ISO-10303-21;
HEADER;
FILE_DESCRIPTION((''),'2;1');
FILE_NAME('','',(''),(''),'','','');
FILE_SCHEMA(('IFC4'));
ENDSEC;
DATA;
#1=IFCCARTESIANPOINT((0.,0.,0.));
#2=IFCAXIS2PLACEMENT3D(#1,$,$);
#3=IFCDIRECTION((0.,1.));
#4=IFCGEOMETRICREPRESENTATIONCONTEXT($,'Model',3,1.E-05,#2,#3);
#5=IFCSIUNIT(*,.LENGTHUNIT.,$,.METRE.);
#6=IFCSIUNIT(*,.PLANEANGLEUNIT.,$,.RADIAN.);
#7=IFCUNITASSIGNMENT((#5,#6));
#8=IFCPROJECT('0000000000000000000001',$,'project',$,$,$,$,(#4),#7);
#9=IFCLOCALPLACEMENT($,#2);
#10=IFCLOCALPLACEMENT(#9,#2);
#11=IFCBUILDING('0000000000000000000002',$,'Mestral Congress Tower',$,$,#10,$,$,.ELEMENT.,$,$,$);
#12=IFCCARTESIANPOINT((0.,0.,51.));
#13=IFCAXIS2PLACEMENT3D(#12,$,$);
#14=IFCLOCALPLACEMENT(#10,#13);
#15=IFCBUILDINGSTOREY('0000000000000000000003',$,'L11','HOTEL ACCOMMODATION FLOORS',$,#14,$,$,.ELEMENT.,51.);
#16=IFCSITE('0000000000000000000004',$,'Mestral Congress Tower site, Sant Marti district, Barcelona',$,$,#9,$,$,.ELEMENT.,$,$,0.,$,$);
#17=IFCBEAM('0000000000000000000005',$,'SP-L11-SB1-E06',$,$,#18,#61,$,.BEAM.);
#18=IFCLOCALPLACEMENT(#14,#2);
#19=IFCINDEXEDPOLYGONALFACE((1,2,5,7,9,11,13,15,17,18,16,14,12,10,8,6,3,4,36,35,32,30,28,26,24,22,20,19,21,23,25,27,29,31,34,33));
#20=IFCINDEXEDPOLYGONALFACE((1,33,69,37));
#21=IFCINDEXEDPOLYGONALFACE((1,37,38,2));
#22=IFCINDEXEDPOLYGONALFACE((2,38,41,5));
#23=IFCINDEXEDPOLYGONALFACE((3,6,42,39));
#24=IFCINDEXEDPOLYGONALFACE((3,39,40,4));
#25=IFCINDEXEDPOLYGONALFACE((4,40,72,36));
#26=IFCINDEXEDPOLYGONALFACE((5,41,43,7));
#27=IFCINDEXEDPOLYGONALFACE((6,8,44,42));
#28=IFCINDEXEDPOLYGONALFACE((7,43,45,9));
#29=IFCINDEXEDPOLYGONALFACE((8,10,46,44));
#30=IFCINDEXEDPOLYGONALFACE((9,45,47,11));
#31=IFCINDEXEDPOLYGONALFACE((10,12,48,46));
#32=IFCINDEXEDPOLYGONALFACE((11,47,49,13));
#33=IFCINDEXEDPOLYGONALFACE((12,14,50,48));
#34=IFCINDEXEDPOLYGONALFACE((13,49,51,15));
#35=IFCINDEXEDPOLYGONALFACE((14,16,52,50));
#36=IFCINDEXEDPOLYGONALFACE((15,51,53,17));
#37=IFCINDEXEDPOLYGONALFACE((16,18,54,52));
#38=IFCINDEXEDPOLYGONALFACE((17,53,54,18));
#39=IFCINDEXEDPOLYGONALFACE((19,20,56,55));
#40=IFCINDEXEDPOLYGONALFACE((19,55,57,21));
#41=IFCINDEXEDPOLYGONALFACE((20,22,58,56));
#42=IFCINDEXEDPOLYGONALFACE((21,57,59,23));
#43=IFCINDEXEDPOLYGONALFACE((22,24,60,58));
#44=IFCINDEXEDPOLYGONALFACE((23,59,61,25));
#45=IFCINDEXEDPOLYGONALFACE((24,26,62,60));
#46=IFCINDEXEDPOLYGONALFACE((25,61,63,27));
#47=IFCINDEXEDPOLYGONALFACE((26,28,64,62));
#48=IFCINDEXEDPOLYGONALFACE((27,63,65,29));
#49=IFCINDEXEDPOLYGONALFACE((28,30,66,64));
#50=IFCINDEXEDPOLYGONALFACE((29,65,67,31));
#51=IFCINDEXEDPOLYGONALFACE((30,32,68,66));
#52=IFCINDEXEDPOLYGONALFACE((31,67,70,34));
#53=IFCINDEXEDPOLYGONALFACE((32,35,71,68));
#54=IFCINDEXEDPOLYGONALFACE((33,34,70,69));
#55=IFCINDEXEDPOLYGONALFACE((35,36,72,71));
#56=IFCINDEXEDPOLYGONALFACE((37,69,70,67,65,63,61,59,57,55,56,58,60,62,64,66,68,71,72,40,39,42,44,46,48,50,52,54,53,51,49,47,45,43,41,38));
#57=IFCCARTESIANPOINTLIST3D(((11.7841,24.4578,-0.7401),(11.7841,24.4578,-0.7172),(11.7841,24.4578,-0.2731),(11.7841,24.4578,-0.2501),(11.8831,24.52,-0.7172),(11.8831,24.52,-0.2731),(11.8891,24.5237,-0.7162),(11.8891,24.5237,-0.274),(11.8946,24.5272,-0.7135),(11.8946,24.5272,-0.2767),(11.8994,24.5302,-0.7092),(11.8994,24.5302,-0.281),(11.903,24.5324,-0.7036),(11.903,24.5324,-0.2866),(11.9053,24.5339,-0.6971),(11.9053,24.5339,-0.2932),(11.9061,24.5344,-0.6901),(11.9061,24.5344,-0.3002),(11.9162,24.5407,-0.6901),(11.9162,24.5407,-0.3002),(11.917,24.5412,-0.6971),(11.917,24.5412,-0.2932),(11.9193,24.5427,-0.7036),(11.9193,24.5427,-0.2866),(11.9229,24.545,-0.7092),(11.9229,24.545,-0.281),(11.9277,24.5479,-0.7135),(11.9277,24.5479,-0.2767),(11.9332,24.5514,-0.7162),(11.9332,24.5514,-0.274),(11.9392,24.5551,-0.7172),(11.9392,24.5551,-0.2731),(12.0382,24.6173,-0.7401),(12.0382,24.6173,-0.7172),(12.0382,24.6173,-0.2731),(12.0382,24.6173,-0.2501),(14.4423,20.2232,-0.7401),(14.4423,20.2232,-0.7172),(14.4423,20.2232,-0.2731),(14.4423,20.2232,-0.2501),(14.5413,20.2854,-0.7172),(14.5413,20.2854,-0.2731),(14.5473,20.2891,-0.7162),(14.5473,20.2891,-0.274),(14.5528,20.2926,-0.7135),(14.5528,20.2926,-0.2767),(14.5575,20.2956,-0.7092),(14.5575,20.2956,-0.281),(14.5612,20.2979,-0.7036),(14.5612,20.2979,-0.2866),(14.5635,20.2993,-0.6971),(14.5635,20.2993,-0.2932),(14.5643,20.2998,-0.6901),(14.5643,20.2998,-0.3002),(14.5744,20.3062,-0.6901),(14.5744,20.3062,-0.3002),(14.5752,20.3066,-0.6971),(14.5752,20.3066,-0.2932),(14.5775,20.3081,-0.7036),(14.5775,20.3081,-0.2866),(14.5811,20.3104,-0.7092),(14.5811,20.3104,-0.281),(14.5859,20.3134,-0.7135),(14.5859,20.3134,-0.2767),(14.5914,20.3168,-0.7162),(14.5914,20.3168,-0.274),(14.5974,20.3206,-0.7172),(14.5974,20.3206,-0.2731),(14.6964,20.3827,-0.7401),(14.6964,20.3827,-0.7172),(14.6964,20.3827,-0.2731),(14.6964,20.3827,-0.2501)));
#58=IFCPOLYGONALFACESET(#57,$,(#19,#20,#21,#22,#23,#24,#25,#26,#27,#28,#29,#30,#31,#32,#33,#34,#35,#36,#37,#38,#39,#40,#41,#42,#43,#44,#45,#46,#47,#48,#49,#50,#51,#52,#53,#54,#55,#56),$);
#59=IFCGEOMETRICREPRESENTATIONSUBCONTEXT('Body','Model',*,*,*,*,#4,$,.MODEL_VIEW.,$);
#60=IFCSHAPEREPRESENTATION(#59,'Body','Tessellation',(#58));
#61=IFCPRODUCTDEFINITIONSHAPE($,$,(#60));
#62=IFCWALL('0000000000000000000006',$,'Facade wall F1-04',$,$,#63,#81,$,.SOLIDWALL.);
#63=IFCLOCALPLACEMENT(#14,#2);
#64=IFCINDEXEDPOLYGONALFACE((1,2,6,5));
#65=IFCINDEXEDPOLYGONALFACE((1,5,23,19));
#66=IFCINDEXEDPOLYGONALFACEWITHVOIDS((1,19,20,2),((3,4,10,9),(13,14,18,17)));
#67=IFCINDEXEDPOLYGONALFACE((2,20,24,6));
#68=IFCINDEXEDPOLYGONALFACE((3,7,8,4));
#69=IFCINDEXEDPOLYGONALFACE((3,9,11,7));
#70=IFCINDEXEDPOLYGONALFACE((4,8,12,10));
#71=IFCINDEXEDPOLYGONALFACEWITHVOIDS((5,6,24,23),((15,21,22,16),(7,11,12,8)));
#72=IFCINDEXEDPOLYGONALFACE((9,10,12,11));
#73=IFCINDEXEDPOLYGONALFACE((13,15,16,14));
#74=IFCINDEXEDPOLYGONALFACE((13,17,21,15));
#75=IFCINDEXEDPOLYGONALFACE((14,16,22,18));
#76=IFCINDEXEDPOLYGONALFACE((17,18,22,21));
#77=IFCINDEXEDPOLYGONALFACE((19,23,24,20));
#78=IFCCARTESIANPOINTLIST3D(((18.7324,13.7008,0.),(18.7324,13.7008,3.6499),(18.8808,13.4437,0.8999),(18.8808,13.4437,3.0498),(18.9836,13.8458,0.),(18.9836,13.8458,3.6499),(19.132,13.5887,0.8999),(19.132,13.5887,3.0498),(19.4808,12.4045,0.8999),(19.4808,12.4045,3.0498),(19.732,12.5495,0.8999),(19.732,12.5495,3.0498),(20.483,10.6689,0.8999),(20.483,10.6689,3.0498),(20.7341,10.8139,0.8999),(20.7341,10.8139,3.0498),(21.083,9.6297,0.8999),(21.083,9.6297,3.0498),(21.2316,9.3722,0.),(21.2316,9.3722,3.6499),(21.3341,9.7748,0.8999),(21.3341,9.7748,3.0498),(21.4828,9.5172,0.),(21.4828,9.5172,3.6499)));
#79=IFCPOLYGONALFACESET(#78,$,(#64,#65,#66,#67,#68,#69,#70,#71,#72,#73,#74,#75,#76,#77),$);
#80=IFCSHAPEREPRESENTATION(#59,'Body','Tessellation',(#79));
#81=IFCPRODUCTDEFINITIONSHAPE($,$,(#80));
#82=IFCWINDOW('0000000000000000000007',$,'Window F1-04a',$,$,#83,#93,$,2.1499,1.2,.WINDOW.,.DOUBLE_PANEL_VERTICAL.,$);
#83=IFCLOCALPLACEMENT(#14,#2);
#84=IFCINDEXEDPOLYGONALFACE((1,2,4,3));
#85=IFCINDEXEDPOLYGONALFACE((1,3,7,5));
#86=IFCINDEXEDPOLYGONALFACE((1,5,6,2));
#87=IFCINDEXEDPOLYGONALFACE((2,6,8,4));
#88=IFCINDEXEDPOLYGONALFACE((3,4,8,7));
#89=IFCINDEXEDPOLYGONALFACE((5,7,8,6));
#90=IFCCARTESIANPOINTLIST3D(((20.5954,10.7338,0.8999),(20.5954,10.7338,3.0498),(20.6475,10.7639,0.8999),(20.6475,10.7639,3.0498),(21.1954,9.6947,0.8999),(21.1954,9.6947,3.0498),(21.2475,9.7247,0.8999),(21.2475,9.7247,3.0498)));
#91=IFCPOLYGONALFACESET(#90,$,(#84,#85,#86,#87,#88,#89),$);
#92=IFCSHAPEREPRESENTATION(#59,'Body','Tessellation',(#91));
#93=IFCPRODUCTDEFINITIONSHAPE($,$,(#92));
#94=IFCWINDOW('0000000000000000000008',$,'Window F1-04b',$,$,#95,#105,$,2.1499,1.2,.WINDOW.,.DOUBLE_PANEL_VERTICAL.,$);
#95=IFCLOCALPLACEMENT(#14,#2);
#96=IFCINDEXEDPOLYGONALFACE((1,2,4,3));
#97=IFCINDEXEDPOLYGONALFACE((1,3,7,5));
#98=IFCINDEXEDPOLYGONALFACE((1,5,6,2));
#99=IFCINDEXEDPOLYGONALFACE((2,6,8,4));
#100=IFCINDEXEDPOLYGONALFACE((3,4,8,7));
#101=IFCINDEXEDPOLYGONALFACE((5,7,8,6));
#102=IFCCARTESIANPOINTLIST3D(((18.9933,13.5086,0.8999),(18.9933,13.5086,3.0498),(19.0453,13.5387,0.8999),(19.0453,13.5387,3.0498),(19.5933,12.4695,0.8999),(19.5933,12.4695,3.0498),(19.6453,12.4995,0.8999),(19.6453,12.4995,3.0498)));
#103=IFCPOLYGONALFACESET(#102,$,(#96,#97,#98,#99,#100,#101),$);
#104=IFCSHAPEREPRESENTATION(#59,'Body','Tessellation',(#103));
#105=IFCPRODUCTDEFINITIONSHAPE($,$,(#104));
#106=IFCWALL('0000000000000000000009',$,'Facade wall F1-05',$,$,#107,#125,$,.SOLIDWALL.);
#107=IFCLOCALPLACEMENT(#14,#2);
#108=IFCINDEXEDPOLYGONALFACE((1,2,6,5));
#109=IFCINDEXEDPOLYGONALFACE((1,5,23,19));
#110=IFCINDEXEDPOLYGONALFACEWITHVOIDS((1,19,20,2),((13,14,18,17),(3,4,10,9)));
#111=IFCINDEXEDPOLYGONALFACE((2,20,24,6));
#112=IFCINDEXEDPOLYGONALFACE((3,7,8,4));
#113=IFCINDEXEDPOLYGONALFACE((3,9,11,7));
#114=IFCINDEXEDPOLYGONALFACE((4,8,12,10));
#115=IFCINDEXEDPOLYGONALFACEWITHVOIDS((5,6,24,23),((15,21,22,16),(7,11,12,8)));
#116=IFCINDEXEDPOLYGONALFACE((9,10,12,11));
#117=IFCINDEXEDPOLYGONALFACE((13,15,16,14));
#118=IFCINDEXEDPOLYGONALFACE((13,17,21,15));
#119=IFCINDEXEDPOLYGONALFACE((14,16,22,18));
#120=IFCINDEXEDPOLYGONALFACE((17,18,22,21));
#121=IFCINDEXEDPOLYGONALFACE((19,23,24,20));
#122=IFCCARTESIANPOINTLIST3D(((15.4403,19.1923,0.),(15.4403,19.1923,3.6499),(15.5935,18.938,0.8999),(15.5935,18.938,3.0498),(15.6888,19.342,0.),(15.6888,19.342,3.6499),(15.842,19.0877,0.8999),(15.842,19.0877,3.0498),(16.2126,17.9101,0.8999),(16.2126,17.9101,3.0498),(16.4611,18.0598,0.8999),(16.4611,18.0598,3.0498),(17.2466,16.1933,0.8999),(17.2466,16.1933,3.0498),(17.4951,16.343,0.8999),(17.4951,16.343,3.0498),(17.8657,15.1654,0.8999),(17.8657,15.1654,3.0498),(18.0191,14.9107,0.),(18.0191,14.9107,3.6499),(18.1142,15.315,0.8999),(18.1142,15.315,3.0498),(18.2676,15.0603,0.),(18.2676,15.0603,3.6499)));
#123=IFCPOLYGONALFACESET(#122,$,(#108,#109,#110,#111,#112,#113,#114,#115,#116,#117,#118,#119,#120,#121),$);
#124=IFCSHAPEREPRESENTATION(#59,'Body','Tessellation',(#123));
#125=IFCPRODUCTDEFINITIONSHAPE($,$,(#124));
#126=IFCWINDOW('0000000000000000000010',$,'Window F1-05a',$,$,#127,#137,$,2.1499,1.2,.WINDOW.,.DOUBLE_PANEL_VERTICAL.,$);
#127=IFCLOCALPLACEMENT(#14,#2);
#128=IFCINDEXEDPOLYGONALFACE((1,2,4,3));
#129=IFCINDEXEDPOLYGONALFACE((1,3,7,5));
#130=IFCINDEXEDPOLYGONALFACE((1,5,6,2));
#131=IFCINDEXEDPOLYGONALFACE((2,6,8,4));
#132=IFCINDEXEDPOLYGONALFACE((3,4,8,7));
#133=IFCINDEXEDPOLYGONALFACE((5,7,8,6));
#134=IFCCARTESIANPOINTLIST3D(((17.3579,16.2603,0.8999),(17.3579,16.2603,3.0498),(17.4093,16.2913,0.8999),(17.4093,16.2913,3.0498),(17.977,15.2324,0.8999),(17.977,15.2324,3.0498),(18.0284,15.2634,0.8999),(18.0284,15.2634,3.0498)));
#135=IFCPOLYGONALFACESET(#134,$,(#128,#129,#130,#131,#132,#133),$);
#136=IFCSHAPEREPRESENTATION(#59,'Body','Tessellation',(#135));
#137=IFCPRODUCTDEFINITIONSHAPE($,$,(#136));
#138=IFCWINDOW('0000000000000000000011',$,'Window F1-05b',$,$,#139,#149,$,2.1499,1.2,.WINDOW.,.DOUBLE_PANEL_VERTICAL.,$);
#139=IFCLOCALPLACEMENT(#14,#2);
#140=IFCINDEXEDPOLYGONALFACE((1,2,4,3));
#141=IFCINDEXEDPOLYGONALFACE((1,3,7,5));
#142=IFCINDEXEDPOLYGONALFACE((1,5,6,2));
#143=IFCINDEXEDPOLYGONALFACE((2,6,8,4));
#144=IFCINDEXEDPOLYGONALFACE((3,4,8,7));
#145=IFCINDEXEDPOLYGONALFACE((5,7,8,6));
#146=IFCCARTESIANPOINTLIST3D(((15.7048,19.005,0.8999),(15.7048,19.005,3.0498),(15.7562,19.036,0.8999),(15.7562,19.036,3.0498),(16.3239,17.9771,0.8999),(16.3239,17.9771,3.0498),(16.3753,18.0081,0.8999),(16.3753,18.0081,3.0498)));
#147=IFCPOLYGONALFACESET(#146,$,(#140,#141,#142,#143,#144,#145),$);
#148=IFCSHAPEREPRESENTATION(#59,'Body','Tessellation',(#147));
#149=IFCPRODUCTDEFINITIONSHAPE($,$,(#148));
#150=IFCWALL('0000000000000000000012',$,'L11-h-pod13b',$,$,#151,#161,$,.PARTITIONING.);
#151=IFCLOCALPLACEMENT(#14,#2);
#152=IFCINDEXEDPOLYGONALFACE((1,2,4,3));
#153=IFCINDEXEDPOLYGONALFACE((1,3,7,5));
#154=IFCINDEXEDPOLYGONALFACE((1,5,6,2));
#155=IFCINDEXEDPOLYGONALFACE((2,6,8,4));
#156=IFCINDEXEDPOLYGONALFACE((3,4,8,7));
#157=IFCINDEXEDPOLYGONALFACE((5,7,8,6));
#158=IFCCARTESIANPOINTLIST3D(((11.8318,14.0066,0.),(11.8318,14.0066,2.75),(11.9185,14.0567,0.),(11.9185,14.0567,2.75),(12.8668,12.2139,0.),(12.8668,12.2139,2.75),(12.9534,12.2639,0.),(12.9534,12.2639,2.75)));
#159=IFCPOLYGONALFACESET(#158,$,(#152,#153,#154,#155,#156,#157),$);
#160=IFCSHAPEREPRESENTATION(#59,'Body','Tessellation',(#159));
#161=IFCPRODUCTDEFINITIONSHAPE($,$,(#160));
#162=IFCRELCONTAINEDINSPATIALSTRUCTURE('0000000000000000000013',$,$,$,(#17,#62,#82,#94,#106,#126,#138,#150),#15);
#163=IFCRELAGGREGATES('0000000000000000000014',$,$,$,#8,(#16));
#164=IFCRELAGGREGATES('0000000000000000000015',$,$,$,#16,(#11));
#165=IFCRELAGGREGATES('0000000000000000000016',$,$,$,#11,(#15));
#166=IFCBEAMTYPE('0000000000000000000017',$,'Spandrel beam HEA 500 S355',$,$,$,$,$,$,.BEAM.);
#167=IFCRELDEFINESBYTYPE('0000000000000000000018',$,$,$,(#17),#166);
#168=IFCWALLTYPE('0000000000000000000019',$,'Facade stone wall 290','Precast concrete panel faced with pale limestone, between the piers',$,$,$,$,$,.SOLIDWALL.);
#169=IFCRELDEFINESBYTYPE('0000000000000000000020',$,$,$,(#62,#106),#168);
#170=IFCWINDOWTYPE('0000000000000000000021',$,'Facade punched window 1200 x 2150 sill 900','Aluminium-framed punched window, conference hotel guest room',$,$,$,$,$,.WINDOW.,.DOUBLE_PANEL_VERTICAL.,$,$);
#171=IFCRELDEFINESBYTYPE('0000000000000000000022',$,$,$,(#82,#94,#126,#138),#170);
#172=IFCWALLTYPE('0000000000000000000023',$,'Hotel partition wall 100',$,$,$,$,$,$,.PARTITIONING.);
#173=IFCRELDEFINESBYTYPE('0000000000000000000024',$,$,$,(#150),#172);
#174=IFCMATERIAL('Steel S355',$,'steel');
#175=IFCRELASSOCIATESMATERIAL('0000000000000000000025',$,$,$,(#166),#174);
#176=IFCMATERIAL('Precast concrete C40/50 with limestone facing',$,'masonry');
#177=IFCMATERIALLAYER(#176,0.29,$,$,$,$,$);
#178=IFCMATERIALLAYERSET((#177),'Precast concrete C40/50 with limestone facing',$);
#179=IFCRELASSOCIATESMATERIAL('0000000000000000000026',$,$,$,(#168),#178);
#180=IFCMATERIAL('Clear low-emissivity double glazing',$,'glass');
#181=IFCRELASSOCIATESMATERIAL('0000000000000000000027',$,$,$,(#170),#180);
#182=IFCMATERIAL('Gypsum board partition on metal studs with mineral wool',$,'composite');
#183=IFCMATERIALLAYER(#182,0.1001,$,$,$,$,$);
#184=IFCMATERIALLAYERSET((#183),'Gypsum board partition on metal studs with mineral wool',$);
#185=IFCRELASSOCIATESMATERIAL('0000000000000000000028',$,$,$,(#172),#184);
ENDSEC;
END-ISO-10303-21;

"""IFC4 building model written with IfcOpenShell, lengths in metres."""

from ifc_helpers import new_model, si_unit, direction, frame, frame_2d, origin, origin_2d, place, context, subcontext, project, spatial, rectangle, i_section, extrude, material, layer, layer_set, material_profile, profile_set, type_object, element, fill, save


model = new_model("IFC4")

# Units and contexts
model_context = context("Model", 3, precision=1e-05, world=origin(), true_north=direction((0.0, 1.0)))
body_context = subcontext(model_context, "Body", "Model", "MODEL_VIEW")
ifc_project = project(units=[si_unit("LENGTHUNIT", "METRE"), si_unit("PLANEANGLEUNIT", "RADIAN")], contexts=[model_context])

# Site, building, storey
site_placement = place(None, origin())
site = spatial("IfcSite", under=ifc_project, at=site_placement, Name="Mestral Congress Tower site, Sant Marti district, Barcelona", CompositionType="ELEMENT", RefElevation=0.0)
building_placement = place(site_placement, origin())
building = spatial("IfcBuilding", under=site, at=building_placement, Name="Mestral Congress Tower", CompositionType="ELEMENT")
storey_placement = place(building_placement, frame((0.0, 0.0, 51.0)))
storey = spatial("IfcBuildingStorey", under=building, at=storey_placement, Name="L11", Description="HOTEL ACCOMMODATION FLOORS", CompositionType="ELEMENT", Elevation=51.0)

# Beam
ifc_material_1 = material(Name="Steel S355", Category="steel")
ifc_material_profile_1 = material_profile(ifc_material_1, i_section(OverallWidth=0.3, OverallDepth=0.49, WebThickness=0.012, FlangeThickness=0.0229, FilletRadius=0.0271, at=origin_2d()), Name="HEA 500")
ifc_profile_set_1 = profile_set([ifc_material_profile_1], Name="Steel S355")
beam_type_1 = type_object("IfcBeamType", Name="Spandrel beam HEA 500 S355", PredefinedType="BEAM", material=ifc_profile_set_1)
for number, where, z_axis, x_axis, name in (
    (1, (14.5693, 20.303, -0.4951), (-0.531661, 0.846957, 0.0), (-0.846957, -0.531661, 0.0), "SP-L11-SB1-E06"),
):
    element("IfcBeam", number, at=place(storey_placement, frame(where, z_axis=z_axis, x_axis=x_axis)), inside=storey, type_object=beam_type_1, Name=name, PredefinedType="BEAM", context=body_context, shape_type="SweptSolid", body=[
        extrude(i_section(OverallWidth=0.3, OverallDepth=0.49, WebThickness=0.012, FlangeThickness=0.0229, FilletRadius=0.0271, at=origin_2d()), origin(), (0.0, 0.0, 1.0), 4.9998),
    ])

# Walls, openings, windows
ifc_material_2 = material(Name="Precast concrete C40/50 with limestone facing", Category="masonry")
ifc_layer_1 = layer(ifc_material_2, 0.29)
ifc_layer_set_1 = layer_set([ifc_layer_1], Name="Precast concrete C40/50 with limestone facing")
wall_type_1 = type_object("IfcWallType", Name="Facade stone wall 290", Description="Precast concrete panel faced with pale limestone, between the piers", PredefinedType="SOLIDWALL", material=ifc_layer_set_1)
wall_1_placement = place(storey_placement, frame((21.3572, 9.4448, 0.0), z_axis=(0.0, 0.0, 1.0), x_axis=(-0.500021, 0.866013, 0.0)))
wall_1 = element("IfcWall", 2, at=wall_1_placement, inside=storey, type_object=wall_type_1, Name="Facade wall F1-04", PredefinedType="SOLIDWALL", context=body_context, shape_type="SweptSolid", body=[
    extrude(rectangle(XDim=4.9983, YDim=0.29, at=frame_2d((2.499, 0.0))), origin(), (0.0, 0.0, 1.0), 3.6499),
])
opening_1_placement = place(wall_1_placement, frame((0.2971, 0.0, 0.8999)))
opening_1 = element("IfcOpeningElement", 3, at=opening_1_placement, cuts=wall_1, PredefinedType="OPENING", context=body_context, shape_type="SweptSolid", body=[
    extrude(rectangle(XDim=1.2, YDim=2.1499, at=frame_2d((0.6001, 1.075))), frame((0.0, 0.155, 0.0), z_axis=(0.0, -1.0, 0.0), x_axis=(1.0, 0.0, 0.0)), (0.0, 0.0, 1.0), 0.3101),
])
opening_2_placement = place(wall_1_placement, frame((3.5012, 0.0, 0.8999)))
opening_2 = element("IfcOpeningElement", 4, at=opening_2_placement, cuts=wall_1, PredefinedType="OPENING", context=body_context, shape_type="SweptSolid", body=[
    extrude(rectangle(XDim=1.2, YDim=2.1499, at=frame_2d((0.6001, 1.075))), frame((0.0, 0.155, 0.0), z_axis=(0.0, -1.0, 0.0), x_axis=(1.0, 0.0, 0.0)), (0.0, 0.0, 1.0), 0.3101),
])
ifc_material_3 = material(Name="Clear low-emissivity double glazing", Category="glass")
window_type = type_object("IfcWindowType", Name="Facade punched window 1200 x 2150 sill 900", Description="Aluminium-framed punched window, conference hotel guest room", PartitioningType="DOUBLE_PANEL_VERTICAL", PredefinedType="WINDOW", material=ifc_material_3)
window_1_placement = place(opening_1_placement, origin())
window_1 = element("IfcWindow", 5, at=window_1_placement, inside=storey, type_object=window_type, Name="Window F1-04a", OverallHeight=2.1499, OverallWidth=1.2, PartitioningType="DOUBLE_PANEL_VERTICAL", PredefinedType="WINDOW", context=body_context, shape_type="SweptSolid", body=[
    extrude(rectangle(XDim=1.2, YDim=2.1499, at=frame_2d((0.6001, 1.075))), frame((0.0, 0.0151, 0.0), z_axis=(0.0, -1.0, 0.0), x_axis=(1.0, 0.0, 0.0)), (0.0, 0.0, 1.0), 0.0601),
])
fill(opening_1, window_1)
window_2_placement = place(opening_2_placement, origin())
window_2 = element("IfcWindow", 6, at=window_2_placement, inside=storey, type_object=window_type, Name="Window F1-04b", OverallHeight=2.1499, OverallWidth=1.2, PartitioningType="DOUBLE_PANEL_VERTICAL", PredefinedType="WINDOW", context=body_context, shape_type="SweptSolid", body=[
    extrude(rectangle(XDim=1.2, YDim=2.1499, at=frame_2d((0.6001, 1.075))), frame((0.0, 0.0151, 0.0), z_axis=(0.0, -1.0, 0.0), x_axis=(1.0, 0.0, 0.0)), (0.0, 0.0, 1.0), 0.0601),
])
fill(opening_2, window_2)
wall_2_placement = place(storey_placement, frame((18.1433, 14.9856, 0.0), z_axis=(0.0, 0.0, 1.0), x_axis=(-0.515939, 0.856625, 0.0)))
wall_2 = element("IfcWall", 7, at=wall_2_placement, inside=storey, type_object=wall_type_1, Name="Facade wall F1-05", PredefinedType="SOLIDWALL", context=body_context, shape_type="SweptSolid", body=[
    extrude(rectangle(XDim=4.9983, YDim=0.29, at=frame_2d((2.499, 0.0))), origin(), (0.0, 0.0, 1.0), 3.6499),
])
opening_3_placement = place(wall_2_placement, frame((0.2971, 0.0, 0.8999)))
opening_3 = element("IfcOpeningElement", 8, at=opening_3_placement, cuts=wall_2, PredefinedType="OPENING", context=body_context, shape_type="SweptSolid", body=[
    extrude(rectangle(XDim=1.2, YDim=2.1499, at=frame_2d((0.6001, 1.075))), frame((0.0, 0.155, 0.0), z_axis=(0.0, -1.0, 0.0), x_axis=(1.0, 0.0, 0.0)), (0.0, 0.0, 1.0), 0.3101),
])
opening_4_placement = place(wall_2_placement, frame((3.5012, 0.0, 0.8999)))
opening_4 = element("IfcOpeningElement", 9, at=opening_4_placement, cuts=wall_2, PredefinedType="OPENING", context=body_context, shape_type="SweptSolid", body=[
    extrude(rectangle(XDim=1.2, YDim=2.1499, at=frame_2d((0.6001, 1.075))), frame((0.0, 0.155, 0.0), z_axis=(0.0, -1.0, 0.0), x_axis=(1.0, 0.0, 0.0)), (0.0, 0.0, 1.0), 0.3101),
])
window_3_placement = place(opening_3_placement, origin())
window_3 = element("IfcWindow", 10, at=window_3_placement, inside=storey, type_object=window_type, Name="Window F1-05a", OverallHeight=2.1499, OverallWidth=1.2, PartitioningType="DOUBLE_PANEL_VERTICAL", PredefinedType="WINDOW", context=body_context, shape_type="SweptSolid", body=[
    extrude(rectangle(XDim=1.2, YDim=2.1499, at=frame_2d((0.6001, 1.075))), frame((0.0, 0.0151, 0.0), z_axis=(0.0, -1.0, 0.0), x_axis=(1.0, 0.0, 0.0)), (0.0, 0.0, 1.0), 0.0601),
])
fill(opening_3, window_3)
window_4_placement = place(opening_4_placement, origin())
window_4 = element("IfcWindow", 11, at=window_4_placement, inside=storey, type_object=window_type, Name="Window F1-05b", OverallHeight=2.1499, OverallWidth=1.2, PartitioningType="DOUBLE_PANEL_VERTICAL", PredefinedType="WINDOW", context=body_context, shape_type="SweptSolid", body=[
    extrude(rectangle(XDim=1.2, YDim=2.1499, at=frame_2d((0.6001, 1.075))), frame((0.0, 0.0151, 0.0), z_axis=(0.0, -1.0, 0.0), x_axis=(1.0, 0.0, 0.0)), (0.0, 0.0, 1.0), 0.0601),
])
fill(opening_4, window_4)

# Wall
ifc_material_4 = material(Name="Gypsum board partition on metal studs with mineral wool", Category="composite")
ifc_layer_2 = layer(ifc_material_4, 0.1001)
ifc_layer_set_2 = layer_set([ifc_layer_2], Name="Gypsum board partition on metal studs with mineral wool")
wall_type_2 = type_object("IfcWallType", Name="Hotel partition wall 100", PredefinedType="PARTITIONING", material=ifc_layer_set_2)
wall_3_placement = place(storey_placement, frame((12.9102, 12.2388, 0.0), z_axis=(0.0, 0.0, 1.0), x_axis=(-0.499957, 0.86605, 0.0)))
element("IfcWall", 12, at=wall_3_placement, inside=storey, type_object=wall_type_2, Name="L11-h-pod13b", PredefinedType="PARTITIONING", context=body_context, shape_type="SweptSolid", body=[
    extrude(rectangle(XDim=2.0701, YDim=0.1001, at=frame_2d((1.0352, 0.0))), origin(), (0.0, 0.0, 1.0), 2.75),
])

save(model, "model.ifc")
